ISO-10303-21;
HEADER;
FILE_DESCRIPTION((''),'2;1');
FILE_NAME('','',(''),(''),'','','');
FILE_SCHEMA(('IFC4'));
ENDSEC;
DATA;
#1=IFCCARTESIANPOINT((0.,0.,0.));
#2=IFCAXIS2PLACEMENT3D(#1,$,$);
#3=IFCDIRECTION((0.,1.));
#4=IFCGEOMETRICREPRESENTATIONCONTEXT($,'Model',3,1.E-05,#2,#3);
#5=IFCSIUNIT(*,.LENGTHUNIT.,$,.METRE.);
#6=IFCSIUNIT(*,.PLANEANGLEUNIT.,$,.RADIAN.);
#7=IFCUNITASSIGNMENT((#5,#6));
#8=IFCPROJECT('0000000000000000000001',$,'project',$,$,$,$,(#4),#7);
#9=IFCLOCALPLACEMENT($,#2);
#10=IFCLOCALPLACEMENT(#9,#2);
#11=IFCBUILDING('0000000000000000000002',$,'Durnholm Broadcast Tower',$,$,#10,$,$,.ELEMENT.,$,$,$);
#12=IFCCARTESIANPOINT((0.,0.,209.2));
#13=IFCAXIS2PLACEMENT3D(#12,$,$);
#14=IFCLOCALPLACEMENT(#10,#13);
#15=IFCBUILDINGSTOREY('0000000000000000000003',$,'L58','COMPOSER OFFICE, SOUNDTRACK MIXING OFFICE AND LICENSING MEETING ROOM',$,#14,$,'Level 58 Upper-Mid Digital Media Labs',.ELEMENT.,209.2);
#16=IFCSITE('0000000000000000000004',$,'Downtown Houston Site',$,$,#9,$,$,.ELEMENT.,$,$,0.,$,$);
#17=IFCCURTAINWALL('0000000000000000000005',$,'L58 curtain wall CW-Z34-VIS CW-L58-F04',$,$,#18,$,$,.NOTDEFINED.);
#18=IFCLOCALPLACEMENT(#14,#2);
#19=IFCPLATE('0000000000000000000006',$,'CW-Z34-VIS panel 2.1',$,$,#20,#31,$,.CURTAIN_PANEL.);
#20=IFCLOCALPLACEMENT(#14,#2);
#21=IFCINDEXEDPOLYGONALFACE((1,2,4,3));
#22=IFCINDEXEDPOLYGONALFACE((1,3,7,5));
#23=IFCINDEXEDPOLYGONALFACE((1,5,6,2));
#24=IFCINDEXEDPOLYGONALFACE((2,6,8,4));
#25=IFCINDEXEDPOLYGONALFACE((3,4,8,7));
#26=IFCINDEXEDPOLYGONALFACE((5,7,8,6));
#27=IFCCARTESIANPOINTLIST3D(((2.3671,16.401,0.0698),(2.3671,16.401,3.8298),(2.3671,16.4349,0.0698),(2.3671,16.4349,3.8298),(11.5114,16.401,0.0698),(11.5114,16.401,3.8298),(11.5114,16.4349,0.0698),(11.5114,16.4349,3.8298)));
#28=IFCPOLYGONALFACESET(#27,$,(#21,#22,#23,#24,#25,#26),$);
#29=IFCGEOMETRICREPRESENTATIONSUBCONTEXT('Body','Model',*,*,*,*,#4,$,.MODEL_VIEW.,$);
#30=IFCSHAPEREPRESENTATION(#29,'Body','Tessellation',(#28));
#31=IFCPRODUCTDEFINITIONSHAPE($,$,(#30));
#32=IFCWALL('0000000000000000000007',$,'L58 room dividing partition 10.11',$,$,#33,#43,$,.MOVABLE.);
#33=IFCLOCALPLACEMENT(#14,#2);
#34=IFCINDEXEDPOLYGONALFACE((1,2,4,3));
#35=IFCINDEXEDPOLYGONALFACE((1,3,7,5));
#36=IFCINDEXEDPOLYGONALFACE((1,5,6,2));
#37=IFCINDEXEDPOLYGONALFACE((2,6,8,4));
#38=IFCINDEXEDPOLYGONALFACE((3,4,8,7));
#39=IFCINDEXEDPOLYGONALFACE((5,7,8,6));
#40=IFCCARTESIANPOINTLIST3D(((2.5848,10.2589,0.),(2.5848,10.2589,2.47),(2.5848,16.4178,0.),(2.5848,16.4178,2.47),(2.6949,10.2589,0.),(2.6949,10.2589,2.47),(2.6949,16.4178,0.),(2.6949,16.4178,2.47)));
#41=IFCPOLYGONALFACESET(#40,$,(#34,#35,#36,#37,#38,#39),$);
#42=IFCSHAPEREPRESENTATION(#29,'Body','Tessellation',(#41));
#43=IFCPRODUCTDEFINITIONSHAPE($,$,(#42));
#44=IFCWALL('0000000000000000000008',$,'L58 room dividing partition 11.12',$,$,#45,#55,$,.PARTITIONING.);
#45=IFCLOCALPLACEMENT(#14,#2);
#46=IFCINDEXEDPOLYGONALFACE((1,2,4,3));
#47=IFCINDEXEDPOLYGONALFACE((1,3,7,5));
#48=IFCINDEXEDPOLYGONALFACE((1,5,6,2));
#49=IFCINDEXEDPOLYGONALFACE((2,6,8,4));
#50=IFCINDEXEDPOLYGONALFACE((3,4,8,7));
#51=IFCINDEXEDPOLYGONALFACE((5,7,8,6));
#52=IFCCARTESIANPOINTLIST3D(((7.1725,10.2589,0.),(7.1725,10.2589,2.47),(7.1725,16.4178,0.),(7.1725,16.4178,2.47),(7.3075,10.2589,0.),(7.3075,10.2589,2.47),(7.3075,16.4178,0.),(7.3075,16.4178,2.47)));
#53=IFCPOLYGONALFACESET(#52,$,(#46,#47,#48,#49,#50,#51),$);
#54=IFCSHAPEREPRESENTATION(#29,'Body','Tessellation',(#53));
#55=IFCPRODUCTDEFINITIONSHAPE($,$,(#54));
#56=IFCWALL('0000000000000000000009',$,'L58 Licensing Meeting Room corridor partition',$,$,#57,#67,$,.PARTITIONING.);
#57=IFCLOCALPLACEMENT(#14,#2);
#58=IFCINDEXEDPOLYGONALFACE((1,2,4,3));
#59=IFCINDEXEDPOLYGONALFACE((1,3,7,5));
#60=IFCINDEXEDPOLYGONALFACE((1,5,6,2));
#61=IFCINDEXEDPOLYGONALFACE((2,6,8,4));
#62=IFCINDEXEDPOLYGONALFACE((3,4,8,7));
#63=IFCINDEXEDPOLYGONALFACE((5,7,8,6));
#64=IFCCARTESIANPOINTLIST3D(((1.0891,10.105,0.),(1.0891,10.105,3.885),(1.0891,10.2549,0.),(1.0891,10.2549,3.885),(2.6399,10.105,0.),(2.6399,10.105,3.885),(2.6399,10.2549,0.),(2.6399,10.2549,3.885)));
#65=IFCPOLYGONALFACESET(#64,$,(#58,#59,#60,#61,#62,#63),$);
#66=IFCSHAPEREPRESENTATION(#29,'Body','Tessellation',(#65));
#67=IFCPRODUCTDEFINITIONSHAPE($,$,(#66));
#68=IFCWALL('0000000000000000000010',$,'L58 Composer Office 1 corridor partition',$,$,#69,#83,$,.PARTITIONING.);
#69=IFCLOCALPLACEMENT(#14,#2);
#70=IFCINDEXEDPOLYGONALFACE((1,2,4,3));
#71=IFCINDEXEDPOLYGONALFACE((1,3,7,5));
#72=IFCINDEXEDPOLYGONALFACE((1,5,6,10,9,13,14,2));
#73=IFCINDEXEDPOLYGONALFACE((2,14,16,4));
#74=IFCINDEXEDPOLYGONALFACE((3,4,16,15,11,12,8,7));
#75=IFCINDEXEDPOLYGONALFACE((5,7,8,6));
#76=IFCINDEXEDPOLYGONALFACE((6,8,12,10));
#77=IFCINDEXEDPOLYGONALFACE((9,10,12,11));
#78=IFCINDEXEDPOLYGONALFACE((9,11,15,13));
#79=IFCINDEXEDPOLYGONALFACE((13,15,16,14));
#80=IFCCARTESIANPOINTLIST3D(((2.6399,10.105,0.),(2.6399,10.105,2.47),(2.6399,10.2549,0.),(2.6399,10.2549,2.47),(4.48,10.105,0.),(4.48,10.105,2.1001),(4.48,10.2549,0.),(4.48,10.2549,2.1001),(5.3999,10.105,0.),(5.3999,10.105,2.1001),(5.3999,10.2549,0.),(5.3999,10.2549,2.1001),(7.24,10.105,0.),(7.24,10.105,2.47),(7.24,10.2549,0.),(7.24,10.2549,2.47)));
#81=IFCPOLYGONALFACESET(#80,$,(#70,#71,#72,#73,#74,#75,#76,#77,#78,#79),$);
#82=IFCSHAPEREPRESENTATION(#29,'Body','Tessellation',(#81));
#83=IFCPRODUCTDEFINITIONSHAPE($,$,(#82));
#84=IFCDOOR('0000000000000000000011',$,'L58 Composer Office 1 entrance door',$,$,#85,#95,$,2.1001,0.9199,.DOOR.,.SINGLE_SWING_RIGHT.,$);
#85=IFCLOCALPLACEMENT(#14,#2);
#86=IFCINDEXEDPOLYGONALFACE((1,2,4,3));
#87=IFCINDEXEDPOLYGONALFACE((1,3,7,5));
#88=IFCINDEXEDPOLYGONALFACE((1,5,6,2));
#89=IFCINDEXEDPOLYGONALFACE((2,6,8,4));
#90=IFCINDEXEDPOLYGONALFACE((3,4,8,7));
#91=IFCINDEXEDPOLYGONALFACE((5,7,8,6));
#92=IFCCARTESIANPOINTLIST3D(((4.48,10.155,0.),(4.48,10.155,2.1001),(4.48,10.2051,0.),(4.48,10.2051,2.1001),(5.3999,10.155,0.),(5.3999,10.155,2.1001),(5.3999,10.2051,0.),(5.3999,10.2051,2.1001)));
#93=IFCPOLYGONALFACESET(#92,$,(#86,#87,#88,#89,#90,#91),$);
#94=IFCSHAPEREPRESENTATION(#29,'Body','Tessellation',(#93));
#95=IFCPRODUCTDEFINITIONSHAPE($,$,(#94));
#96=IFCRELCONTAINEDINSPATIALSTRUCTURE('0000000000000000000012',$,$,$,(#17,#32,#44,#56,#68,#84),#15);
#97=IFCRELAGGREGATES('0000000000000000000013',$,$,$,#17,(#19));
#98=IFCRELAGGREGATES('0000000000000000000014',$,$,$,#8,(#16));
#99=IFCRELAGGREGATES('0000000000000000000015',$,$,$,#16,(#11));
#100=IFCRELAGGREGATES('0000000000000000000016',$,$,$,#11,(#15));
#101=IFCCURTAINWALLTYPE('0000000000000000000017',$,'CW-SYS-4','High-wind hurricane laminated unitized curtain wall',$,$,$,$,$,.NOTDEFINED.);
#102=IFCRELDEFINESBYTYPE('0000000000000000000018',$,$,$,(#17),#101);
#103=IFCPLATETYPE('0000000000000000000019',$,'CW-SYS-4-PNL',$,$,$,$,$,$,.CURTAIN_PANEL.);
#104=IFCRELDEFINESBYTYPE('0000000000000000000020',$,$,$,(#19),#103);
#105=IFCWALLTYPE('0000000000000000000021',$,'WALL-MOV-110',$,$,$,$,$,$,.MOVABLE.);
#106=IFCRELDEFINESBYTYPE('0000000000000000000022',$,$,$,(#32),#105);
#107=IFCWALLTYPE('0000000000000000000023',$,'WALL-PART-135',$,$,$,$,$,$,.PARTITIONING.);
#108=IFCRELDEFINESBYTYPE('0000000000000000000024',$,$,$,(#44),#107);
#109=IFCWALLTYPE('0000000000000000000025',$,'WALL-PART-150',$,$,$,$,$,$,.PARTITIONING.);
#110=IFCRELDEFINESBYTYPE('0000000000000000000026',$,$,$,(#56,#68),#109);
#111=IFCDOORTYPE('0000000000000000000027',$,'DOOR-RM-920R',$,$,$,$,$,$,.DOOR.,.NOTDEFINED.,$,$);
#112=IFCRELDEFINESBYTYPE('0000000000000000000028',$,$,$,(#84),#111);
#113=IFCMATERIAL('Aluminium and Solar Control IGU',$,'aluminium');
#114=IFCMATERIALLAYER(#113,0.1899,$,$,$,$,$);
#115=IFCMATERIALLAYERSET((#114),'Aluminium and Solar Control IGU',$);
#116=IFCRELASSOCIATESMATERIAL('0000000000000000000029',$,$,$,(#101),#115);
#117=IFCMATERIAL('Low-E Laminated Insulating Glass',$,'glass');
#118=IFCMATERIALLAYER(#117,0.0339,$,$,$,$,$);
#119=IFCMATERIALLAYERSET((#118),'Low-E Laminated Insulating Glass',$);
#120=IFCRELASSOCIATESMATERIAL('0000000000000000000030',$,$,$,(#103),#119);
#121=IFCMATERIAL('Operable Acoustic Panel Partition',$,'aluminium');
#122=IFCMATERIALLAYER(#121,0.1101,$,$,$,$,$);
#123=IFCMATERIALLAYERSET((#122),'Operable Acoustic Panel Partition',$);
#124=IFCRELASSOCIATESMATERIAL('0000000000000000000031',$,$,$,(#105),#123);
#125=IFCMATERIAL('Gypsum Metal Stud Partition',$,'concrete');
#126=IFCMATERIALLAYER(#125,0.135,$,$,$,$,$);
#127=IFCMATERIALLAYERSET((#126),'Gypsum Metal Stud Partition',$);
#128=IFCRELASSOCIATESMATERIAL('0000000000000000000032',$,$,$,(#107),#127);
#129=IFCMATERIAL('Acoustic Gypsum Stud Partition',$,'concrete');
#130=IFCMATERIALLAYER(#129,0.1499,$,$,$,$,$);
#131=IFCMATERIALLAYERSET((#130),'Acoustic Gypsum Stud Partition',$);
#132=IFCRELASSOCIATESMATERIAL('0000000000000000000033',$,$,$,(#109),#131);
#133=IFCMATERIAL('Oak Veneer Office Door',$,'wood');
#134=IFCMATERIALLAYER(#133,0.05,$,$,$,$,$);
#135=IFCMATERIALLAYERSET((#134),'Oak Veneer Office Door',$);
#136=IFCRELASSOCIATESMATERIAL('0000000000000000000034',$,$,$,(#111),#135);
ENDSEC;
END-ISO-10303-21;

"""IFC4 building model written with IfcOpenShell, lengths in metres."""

from ifc_helpers import new_model, si_unit, direction, frame, frame_2d, origin, origin_2d, place, context, subcontext, project, spatial, rectangle, extrude, source, transform, mapped, material, layer, layer_set, type_object, type_shapes, element, fill, aggregate, save


model = new_model("IFC4")

# Units and contexts
model_context = context("Model", 3, precision=1e-05, world=origin(), true_north=direction((0.0, 1.0)))
body_context = subcontext(model_context, "Body", "Model", "MODEL_VIEW")
ifc_project = project(units=[si_unit("LENGTHUNIT", "METRE"), si_unit("PLANEANGLEUNIT", "RADIAN")], contexts=[model_context])

# Site, building, storey
site_placement = place(None, origin())
site = spatial("IfcSite", under=ifc_project, at=site_placement, Name="Downtown Houston Site", CompositionType="ELEMENT", RefElevation=0.0)
building_placement = place(site_placement, origin())
building = spatial("IfcBuilding", under=site, at=building_placement, Name="Durnholm Broadcast Tower", CompositionType="ELEMENT")
storey_placement = place(building_placement, frame((0.0, 0.0, 209.2)))
storey = spatial("IfcBuildingStorey", under=building, at=storey_placement, Name="L58", Description="COMPOSER OFFICE, SOUNDTRACK MIXING OFFICE AND LICENSING MEETING ROOM", LongName="Level 58 Upper-Mid Digital Media Labs", CompositionType="ELEMENT", Elevation=209.2)

# Curtain wall, plate
ifc_material_1 = material(Name="Aluminium and Solar Control IGU", Category="aluminium")
ifc_layer_1 = layer(ifc_material_1, 0.1899)
ifc_layer_set_1 = layer_set([ifc_layer_1], Name="Aluminium and Solar Control IGU")
curtain_wall_type = type_object("IfcCurtainWallType", Name="CW-SYS-4", Description="High-wind hurricane laminated unitized curtain wall", PredefinedType="NOTDEFINED", material=ifc_layer_set_1)
curtain_wall_placement = place(storey_placement, origin())
curtain_wall = element("IfcCurtainWall", 1, at=curtain_wall_placement, inside=storey, type_object=curtain_wall_type, Name="L58 curtain wall CW-Z34-VIS CW-L58-F04", PredefinedType="NOTDEFINED")
ifc_material_2 = material(Name="Low-E Laminated Insulating Glass", Category="glass")
ifc_layer_2 = layer(ifc_material_2, 0.0339)
ifc_layer_set_2 = layer_set([ifc_layer_2], Name="Low-E Laminated Insulating Glass")
plate_type = type_object("IfcPlateType", Name="CW-SYS-4-PNL", PredefinedType="CURTAIN_PANEL", material=ifc_layer_set_2)
shared_shape_1 = source(origin(), body_context, "Body", "SweptSolid", [
    extrude(rectangle(XDim=9.1443, YDim=0.0339, at=origin_2d()), origin(), (0.0, 0.0, 1.0), 3.76),
])
type_shapes(plate_type, [shared_shape_1])
plate_placement = place(storey_placement, frame((6.9392, 16.418, 0.0698), z_axis=(0.0, 0.0, 1.0), x_axis=(1.0, 0.0, 0.0)))
plate = element("IfcPlate", 2, at=plate_placement, type_object=plate_type, Name="CW-Z34-VIS panel 2.1", PredefinedType="CURTAIN_PANEL", context=body_context, shape_type="MappedRepresentation", body=[
    mapped(shared_shape_1, transform((0.0, 0.0, 0.0), x_axis=(1.0, 0.0, 0.0), y_axis=(0.0, 1.0, 0.0), z_axis=(0.0, 0.0, 1.0), scale=1.0)),
])
aggregate(curtain_wall, [plate])

# Walls
ifc_material_3 = material(Name="Operable Acoustic Panel Partition", Category="aluminium")
ifc_layer_3 = layer(ifc_material_3, 0.1101)
ifc_layer_set_3 = layer_set([ifc_layer_3], Name="Operable Acoustic Panel Partition")
wall_type_1 = type_object("IfcWallType", Name="WALL-MOV-110", PredefinedType="MOVABLE", material=ifc_layer_set_3)
wall_1_placement = place(storey_placement, frame((2.6399, 16.418, 0.0), z_axis=(0.0, 0.0, 1.0), x_axis=(0.0, -1.0, 0.0)))
element("IfcWall", 3, at=wall_1_placement, inside=storey, type_object=wall_type_1, Name="L58 room dividing partition 10.11", PredefinedType="MOVABLE", context=body_context, shape_type="SweptSolid", body=[
    extrude(rectangle(XDim=6.1589, YDim=0.1101, at=frame_2d((3.0796, 0.0))), origin(), (0.0, 0.0, 1.0), 2.47),
])
ifc_material_4 = material(Name="Gypsum Metal Stud Partition", Category="concrete")
ifc_layer_4 = layer(ifc_material_4, 0.135)
ifc_layer_set_4 = layer_set([ifc_layer_4], Name="Gypsum Metal Stud Partition")
wall_type_2 = type_object("IfcWallType", Name="WALL-PART-135", PredefinedType="PARTITIONING", material=ifc_layer_set_4)
wall_2_placement = place(storey_placement, frame((7.24, 16.418, 0.0), z_axis=(0.0, 0.0, 1.0), x_axis=(0.0, -1.0, 0.0)))
element("IfcWall", 4, at=wall_2_placement, inside=storey, type_object=wall_type_2, Name="L58 room dividing partition 11.12", PredefinedType="PARTITIONING", context=body_context, shape_type="SweptSolid", body=[
    extrude(rectangle(XDim=6.1589, YDim=0.135, at=frame_2d((3.0796, 0.0))), origin(), (0.0, 0.0, 1.0), 2.47),
])
ifc_material_5 = material(Name="Acoustic Gypsum Stud Partition", Category="concrete")
ifc_layer_5 = layer(ifc_material_5, 0.1499)
ifc_layer_set_5 = layer_set([ifc_layer_5], Name="Acoustic Gypsum Stud Partition")
wall_type_3 = type_object("IfcWallType", Name="WALL-PART-150", PredefinedType="PARTITIONING", material=ifc_layer_set_5)
wall_3_placement = place(storey_placement, frame((2.6399, 10.1799, 0.0), z_axis=(0.0, 0.0, 1.0), x_axis=(-1.0, 0.0, 0.0)))
element("IfcWall", 5, at=wall_3_placement, inside=storey, type_object=wall_type_3, Name="L58 Licensing Meeting Room corridor partition", PredefinedType="PARTITIONING", context=body_context, shape_type="SweptSolid", body=[
    extrude(rectangle(XDim=1.5508, YDim=0.1499, at=frame_2d((0.7754, 0.0))), origin(), (0.0, 0.0, 1.0), 3.885),
])

# Wall, opening, door
wall_4_placement = place(storey_placement, frame((7.24, 10.1799, 0.0), z_axis=(0.0, 0.0, 1.0), x_axis=(-1.0, 0.0, 0.0)))
wall_4 = element("IfcWall", 6, at=wall_4_placement, inside=storey, type_object=wall_type_3, Name="L58 Composer Office 1 corridor partition", PredefinedType="PARTITIONING", context=body_context, shape_type="SweptSolid", body=[
    extrude(rectangle(XDim=4.6001, YDim=0.1499, at=frame_2d((2.3, 0.0))), origin(), (0.0, 0.0, 1.0), 2.47),
])
opening_placement = place(wall_4_placement, frame((1.8401, 0.0, 0.0)))
opening = element("IfcOpeningElement", 7, at=opening_placement, cuts=wall_4, PredefinedType="OPENING", context=body_context, shape_type="SweptSolid", body=[
    extrude(rectangle(XDim=0.9199, YDim=2.1001, at=frame_2d((0.46, 1.05))), frame((0.0, 0.085, 0.0), z_axis=(0.0, -1.0, 0.0), x_axis=(1.0, 0.0, 0.0)), (0.0, 0.0, 1.0), 0.1699),
])
ifc_material_6 = material(Name="Oak Veneer Office Door", Category="wood")
ifc_layer_6 = layer(ifc_material_6, 0.05)
ifc_layer_set_6 = layer_set([ifc_layer_6], Name="Oak Veneer Office Door")
door_type = type_object("IfcDoorType", Name="DOOR-RM-920R", OperationType="NOTDEFINED", PredefinedType="DOOR", material=ifc_layer_set_6)
shared_shape_2 = source(origin(), body_context, "Body", "SweptSolid", [
    extrude(rectangle(XDim=0.9199, YDim=2.1001, at=frame_2d((0.46, 1.05))), frame((0.0, 0.0249, 0.0), z_axis=(0.0, -1.0, 0.0), x_axis=(1.0, 0.0, 0.0)), (0.0, 0.0, 1.0), 0.05),
])
type_shapes(door_type, [shared_shape_2])
door_placement = place(opening_placement, origin())
door = element("IfcDoor", 8, at=door_placement, inside=storey, type_object=door_type, Name="L58 Composer Office 1 entrance door", OperationType="SINGLE_SWING_RIGHT", OverallHeight=2.1001, OverallWidth=0.9199, PredefinedType="DOOR", context=body_context, shape_type="MappedRepresentation", body=[
    mapped(shared_shape_2, transform((0.0, 0.0, 0.0), x_axis=(1.0, 0.0, 0.0), y_axis=(0.0, 1.0, 0.0), z_axis=(0.0, 0.0, 1.0), scale=1.0)),
])
fill(opening, door)

save(model, "model.ifc")
